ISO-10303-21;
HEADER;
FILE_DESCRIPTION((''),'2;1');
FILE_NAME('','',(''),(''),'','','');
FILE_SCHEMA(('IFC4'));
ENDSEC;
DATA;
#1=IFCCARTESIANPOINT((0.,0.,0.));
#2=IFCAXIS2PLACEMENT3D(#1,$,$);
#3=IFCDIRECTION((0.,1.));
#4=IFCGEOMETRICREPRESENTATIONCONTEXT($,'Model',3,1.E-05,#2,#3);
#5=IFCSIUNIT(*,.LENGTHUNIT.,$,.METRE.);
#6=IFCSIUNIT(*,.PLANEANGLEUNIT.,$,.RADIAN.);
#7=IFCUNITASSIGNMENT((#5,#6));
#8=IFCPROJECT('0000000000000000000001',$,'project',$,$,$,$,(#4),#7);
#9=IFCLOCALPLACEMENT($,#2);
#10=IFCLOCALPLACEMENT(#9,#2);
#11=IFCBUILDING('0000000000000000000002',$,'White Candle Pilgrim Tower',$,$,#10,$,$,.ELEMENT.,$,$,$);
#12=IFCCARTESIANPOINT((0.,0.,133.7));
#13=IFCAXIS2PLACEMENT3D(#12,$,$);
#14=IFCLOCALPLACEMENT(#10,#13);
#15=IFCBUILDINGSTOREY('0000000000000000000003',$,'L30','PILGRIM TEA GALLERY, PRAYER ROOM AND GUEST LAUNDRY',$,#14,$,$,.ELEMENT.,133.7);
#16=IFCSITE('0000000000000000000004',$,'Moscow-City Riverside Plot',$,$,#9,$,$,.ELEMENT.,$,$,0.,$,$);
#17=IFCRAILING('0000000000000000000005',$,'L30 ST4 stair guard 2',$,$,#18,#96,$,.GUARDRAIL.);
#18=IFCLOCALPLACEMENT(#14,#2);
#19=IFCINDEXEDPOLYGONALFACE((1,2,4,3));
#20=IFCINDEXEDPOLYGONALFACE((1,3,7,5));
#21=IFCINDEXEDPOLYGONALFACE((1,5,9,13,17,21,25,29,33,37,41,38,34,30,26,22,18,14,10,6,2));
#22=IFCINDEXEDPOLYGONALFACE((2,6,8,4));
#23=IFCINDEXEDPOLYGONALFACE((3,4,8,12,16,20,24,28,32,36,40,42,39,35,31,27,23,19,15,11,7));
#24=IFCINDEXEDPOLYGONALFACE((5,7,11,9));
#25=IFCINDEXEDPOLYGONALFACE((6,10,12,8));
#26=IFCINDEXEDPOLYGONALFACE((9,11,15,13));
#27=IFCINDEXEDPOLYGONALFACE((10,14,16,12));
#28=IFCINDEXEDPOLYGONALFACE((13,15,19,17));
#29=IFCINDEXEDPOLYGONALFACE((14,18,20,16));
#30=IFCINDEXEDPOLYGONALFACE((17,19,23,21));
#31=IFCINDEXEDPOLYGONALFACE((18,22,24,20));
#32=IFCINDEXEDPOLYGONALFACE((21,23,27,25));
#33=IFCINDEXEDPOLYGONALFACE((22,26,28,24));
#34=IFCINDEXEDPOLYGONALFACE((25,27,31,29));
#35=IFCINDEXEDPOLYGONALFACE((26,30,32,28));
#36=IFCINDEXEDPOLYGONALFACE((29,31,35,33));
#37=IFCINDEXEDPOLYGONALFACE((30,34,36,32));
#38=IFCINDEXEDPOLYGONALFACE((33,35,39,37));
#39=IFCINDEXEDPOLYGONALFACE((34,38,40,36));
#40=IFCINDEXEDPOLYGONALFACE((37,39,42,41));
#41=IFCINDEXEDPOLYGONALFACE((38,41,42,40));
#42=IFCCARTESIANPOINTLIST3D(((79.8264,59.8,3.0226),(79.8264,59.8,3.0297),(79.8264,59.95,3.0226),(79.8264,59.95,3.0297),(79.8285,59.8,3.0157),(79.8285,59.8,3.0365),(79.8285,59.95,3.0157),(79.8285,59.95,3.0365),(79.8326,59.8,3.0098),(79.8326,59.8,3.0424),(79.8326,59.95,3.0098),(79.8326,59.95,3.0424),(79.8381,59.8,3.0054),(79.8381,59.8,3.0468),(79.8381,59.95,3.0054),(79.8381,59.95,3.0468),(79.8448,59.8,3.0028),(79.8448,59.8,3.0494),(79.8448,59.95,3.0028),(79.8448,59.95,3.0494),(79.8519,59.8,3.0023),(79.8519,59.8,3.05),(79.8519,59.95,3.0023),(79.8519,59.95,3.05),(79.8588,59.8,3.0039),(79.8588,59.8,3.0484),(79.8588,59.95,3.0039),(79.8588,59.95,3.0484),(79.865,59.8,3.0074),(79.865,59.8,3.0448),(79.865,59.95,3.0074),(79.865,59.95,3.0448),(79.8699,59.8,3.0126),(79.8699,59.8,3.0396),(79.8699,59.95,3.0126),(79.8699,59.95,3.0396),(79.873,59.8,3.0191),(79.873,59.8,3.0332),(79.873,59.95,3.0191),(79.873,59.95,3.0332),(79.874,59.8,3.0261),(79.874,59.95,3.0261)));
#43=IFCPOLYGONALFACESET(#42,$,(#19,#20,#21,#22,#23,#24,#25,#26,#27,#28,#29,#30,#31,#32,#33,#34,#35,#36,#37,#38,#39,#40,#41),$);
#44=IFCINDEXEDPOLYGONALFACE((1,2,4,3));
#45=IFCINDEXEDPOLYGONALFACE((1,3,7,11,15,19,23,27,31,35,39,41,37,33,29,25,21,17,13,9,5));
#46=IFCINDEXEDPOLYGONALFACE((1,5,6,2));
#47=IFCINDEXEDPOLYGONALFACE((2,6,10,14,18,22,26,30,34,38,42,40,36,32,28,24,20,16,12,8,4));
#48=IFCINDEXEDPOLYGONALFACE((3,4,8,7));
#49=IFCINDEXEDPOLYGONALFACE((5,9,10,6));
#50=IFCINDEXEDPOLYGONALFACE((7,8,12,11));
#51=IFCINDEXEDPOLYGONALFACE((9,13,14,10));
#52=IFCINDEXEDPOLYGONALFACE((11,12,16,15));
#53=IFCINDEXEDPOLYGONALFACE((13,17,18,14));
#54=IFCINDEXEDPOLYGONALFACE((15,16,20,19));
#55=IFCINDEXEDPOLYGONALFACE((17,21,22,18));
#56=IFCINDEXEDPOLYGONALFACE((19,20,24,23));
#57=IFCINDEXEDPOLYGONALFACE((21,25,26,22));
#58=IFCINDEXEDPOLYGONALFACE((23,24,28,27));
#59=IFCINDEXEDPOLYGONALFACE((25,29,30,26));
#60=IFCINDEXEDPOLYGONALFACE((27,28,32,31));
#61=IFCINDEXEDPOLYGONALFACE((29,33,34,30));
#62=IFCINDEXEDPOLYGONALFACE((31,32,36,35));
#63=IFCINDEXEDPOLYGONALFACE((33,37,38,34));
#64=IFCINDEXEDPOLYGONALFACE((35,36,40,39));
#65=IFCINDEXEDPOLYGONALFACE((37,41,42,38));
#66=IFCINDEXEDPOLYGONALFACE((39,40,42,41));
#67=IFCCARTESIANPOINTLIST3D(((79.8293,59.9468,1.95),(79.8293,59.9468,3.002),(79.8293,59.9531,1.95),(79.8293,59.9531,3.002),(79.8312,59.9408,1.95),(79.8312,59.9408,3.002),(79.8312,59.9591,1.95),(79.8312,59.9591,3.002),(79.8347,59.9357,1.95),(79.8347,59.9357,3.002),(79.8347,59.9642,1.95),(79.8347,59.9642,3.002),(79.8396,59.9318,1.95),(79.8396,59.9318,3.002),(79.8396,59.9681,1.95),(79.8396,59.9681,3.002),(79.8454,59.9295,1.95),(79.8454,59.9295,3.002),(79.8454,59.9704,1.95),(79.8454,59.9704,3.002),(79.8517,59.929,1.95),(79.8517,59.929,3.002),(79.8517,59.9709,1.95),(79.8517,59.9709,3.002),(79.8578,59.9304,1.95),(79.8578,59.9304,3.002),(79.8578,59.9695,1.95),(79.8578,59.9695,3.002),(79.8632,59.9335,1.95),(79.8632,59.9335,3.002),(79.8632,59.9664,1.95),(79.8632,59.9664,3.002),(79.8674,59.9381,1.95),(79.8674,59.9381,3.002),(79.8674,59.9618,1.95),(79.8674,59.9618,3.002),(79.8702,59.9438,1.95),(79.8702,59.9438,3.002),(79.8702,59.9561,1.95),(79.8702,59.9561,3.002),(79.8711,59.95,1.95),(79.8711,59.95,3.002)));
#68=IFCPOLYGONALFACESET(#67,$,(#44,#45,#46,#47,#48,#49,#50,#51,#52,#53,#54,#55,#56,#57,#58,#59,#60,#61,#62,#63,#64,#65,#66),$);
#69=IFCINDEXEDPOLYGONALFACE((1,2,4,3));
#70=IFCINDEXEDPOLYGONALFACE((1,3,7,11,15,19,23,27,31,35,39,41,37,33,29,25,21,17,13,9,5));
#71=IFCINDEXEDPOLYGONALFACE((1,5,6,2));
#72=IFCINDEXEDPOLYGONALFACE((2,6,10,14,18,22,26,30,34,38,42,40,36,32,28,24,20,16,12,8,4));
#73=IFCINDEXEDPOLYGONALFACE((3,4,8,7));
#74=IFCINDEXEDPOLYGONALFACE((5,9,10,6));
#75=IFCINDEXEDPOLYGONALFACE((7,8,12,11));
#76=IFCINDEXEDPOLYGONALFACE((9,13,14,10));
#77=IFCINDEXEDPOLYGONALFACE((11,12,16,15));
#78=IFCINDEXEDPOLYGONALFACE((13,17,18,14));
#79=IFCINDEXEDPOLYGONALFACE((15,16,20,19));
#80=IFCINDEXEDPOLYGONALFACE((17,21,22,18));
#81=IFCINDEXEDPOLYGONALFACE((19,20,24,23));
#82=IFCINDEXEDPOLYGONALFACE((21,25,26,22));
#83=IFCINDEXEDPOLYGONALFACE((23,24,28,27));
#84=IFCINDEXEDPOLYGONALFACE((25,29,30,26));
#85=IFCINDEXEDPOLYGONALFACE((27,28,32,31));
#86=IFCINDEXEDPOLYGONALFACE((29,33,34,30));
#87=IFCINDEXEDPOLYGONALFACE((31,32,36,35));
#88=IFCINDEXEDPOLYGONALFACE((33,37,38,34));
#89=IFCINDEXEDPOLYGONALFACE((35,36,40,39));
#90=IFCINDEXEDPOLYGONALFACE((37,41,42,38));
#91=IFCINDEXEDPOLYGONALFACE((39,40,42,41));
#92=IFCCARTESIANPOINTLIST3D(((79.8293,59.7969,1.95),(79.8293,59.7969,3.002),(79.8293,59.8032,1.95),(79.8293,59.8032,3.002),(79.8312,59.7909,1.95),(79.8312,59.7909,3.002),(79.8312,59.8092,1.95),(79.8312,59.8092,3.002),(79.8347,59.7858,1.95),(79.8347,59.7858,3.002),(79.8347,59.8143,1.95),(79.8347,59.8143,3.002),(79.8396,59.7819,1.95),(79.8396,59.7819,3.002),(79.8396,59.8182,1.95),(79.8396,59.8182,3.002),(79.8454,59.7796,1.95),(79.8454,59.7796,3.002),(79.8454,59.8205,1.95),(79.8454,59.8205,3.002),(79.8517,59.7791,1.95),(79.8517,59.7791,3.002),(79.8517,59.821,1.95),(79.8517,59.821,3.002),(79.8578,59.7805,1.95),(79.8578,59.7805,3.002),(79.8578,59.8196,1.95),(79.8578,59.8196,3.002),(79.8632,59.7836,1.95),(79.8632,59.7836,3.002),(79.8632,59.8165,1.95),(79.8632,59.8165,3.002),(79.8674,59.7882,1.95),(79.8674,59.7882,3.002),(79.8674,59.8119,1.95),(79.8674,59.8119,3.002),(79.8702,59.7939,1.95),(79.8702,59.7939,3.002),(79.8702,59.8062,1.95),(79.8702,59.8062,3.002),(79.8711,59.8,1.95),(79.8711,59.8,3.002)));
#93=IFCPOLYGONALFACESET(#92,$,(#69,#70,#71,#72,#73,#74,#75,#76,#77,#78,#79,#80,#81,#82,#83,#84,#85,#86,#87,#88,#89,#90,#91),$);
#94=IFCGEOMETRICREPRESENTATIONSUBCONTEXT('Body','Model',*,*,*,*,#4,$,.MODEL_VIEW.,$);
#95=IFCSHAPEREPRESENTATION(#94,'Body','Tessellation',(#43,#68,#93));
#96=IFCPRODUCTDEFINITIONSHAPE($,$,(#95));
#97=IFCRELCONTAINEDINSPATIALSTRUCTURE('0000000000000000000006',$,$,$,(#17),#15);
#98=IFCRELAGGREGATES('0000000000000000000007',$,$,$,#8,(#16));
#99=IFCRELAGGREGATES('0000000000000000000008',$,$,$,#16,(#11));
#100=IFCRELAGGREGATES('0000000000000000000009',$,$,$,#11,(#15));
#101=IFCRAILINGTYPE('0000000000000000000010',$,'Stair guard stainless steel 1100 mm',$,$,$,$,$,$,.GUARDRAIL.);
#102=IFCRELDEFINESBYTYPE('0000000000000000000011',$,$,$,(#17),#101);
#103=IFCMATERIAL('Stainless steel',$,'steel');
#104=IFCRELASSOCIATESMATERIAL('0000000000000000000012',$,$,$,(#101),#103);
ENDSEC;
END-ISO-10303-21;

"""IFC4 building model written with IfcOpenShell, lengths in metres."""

from ifc_helpers import new_model, si_unit, direction, frame, origin, origin_2d, place, context, subcontext, project, spatial, circle, extrude, material, type_object, element, save


model = new_model("IFC4")

# Units and contexts
model_context = context("Model", 3, precision=1e-05, world=origin(), true_north=direction((0.0, 1.0)))
body_context = subcontext(model_context, "Body", "Model", "MODEL_VIEW")
ifc_project = project(units=[si_unit("LENGTHUNIT", "METRE"), si_unit("PLANEANGLEUNIT", "RADIAN")], contexts=[model_context])

# Site, building, storey
site_placement = place(None, origin())
site = spatial("IfcSite", under=ifc_project, at=site_placement, Name="Moscow-City Riverside Plot", CompositionType="ELEMENT", RefElevation=0.0)
building_placement = place(site_placement, origin())
building = spatial("IfcBuilding", under=site, at=building_placement, Name="White Candle Pilgrim Tower", CompositionType="ELEMENT")
storey_placement = place(building_placement, frame((0.0, 0.0, 133.7)))
storey = spatial("IfcBuildingStorey", under=building, at=storey_placement, Name="L30", Description="PILGRIM TEA GALLERY, PRAYER ROOM AND GUEST LAUNDRY", CompositionType="ELEMENT", Elevation=133.7)

# Railing
ifc_material_1 = material(Name="Stainless steel", Category="steel")
railing_type_1 = type_object("IfcRailingType", Name="Stair guard stainless steel 1100 mm", PredefinedType="GUARDRAIL", material=ifc_material_1)
railing_1_placement = place(storey_placement, frame((79.8501, 59.95, 1.95)))
element("IfcRailing", 1, at=railing_1_placement, inside=storey, type_object=railing_type_1, Name="L30 ST4 stair guard 2", PredefinedType="GUARDRAIL", context=body_context, shape_type="SweptSolid", body=[
    extrude(circle(Radius=0.0239, at=origin_2d()), frame((0.0, 0.0, 1.0762), z_axis=(0.0, -1.0, 0.0), x_axis=(1.0, 0.0, 0.0)), (0.0, 0.0, 1.0), 0.1499),
    extrude(circle(Radius=0.021, at=origin_2d()), origin(), (0.0, 0.0, 1.0), 1.052),
    extrude(circle(Radius=0.021, at=origin_2d()), frame((0.0, -0.1499, 0.0)), (0.0, 0.0, 1.0), 1.052),
])

save(model, "model.ifc")
